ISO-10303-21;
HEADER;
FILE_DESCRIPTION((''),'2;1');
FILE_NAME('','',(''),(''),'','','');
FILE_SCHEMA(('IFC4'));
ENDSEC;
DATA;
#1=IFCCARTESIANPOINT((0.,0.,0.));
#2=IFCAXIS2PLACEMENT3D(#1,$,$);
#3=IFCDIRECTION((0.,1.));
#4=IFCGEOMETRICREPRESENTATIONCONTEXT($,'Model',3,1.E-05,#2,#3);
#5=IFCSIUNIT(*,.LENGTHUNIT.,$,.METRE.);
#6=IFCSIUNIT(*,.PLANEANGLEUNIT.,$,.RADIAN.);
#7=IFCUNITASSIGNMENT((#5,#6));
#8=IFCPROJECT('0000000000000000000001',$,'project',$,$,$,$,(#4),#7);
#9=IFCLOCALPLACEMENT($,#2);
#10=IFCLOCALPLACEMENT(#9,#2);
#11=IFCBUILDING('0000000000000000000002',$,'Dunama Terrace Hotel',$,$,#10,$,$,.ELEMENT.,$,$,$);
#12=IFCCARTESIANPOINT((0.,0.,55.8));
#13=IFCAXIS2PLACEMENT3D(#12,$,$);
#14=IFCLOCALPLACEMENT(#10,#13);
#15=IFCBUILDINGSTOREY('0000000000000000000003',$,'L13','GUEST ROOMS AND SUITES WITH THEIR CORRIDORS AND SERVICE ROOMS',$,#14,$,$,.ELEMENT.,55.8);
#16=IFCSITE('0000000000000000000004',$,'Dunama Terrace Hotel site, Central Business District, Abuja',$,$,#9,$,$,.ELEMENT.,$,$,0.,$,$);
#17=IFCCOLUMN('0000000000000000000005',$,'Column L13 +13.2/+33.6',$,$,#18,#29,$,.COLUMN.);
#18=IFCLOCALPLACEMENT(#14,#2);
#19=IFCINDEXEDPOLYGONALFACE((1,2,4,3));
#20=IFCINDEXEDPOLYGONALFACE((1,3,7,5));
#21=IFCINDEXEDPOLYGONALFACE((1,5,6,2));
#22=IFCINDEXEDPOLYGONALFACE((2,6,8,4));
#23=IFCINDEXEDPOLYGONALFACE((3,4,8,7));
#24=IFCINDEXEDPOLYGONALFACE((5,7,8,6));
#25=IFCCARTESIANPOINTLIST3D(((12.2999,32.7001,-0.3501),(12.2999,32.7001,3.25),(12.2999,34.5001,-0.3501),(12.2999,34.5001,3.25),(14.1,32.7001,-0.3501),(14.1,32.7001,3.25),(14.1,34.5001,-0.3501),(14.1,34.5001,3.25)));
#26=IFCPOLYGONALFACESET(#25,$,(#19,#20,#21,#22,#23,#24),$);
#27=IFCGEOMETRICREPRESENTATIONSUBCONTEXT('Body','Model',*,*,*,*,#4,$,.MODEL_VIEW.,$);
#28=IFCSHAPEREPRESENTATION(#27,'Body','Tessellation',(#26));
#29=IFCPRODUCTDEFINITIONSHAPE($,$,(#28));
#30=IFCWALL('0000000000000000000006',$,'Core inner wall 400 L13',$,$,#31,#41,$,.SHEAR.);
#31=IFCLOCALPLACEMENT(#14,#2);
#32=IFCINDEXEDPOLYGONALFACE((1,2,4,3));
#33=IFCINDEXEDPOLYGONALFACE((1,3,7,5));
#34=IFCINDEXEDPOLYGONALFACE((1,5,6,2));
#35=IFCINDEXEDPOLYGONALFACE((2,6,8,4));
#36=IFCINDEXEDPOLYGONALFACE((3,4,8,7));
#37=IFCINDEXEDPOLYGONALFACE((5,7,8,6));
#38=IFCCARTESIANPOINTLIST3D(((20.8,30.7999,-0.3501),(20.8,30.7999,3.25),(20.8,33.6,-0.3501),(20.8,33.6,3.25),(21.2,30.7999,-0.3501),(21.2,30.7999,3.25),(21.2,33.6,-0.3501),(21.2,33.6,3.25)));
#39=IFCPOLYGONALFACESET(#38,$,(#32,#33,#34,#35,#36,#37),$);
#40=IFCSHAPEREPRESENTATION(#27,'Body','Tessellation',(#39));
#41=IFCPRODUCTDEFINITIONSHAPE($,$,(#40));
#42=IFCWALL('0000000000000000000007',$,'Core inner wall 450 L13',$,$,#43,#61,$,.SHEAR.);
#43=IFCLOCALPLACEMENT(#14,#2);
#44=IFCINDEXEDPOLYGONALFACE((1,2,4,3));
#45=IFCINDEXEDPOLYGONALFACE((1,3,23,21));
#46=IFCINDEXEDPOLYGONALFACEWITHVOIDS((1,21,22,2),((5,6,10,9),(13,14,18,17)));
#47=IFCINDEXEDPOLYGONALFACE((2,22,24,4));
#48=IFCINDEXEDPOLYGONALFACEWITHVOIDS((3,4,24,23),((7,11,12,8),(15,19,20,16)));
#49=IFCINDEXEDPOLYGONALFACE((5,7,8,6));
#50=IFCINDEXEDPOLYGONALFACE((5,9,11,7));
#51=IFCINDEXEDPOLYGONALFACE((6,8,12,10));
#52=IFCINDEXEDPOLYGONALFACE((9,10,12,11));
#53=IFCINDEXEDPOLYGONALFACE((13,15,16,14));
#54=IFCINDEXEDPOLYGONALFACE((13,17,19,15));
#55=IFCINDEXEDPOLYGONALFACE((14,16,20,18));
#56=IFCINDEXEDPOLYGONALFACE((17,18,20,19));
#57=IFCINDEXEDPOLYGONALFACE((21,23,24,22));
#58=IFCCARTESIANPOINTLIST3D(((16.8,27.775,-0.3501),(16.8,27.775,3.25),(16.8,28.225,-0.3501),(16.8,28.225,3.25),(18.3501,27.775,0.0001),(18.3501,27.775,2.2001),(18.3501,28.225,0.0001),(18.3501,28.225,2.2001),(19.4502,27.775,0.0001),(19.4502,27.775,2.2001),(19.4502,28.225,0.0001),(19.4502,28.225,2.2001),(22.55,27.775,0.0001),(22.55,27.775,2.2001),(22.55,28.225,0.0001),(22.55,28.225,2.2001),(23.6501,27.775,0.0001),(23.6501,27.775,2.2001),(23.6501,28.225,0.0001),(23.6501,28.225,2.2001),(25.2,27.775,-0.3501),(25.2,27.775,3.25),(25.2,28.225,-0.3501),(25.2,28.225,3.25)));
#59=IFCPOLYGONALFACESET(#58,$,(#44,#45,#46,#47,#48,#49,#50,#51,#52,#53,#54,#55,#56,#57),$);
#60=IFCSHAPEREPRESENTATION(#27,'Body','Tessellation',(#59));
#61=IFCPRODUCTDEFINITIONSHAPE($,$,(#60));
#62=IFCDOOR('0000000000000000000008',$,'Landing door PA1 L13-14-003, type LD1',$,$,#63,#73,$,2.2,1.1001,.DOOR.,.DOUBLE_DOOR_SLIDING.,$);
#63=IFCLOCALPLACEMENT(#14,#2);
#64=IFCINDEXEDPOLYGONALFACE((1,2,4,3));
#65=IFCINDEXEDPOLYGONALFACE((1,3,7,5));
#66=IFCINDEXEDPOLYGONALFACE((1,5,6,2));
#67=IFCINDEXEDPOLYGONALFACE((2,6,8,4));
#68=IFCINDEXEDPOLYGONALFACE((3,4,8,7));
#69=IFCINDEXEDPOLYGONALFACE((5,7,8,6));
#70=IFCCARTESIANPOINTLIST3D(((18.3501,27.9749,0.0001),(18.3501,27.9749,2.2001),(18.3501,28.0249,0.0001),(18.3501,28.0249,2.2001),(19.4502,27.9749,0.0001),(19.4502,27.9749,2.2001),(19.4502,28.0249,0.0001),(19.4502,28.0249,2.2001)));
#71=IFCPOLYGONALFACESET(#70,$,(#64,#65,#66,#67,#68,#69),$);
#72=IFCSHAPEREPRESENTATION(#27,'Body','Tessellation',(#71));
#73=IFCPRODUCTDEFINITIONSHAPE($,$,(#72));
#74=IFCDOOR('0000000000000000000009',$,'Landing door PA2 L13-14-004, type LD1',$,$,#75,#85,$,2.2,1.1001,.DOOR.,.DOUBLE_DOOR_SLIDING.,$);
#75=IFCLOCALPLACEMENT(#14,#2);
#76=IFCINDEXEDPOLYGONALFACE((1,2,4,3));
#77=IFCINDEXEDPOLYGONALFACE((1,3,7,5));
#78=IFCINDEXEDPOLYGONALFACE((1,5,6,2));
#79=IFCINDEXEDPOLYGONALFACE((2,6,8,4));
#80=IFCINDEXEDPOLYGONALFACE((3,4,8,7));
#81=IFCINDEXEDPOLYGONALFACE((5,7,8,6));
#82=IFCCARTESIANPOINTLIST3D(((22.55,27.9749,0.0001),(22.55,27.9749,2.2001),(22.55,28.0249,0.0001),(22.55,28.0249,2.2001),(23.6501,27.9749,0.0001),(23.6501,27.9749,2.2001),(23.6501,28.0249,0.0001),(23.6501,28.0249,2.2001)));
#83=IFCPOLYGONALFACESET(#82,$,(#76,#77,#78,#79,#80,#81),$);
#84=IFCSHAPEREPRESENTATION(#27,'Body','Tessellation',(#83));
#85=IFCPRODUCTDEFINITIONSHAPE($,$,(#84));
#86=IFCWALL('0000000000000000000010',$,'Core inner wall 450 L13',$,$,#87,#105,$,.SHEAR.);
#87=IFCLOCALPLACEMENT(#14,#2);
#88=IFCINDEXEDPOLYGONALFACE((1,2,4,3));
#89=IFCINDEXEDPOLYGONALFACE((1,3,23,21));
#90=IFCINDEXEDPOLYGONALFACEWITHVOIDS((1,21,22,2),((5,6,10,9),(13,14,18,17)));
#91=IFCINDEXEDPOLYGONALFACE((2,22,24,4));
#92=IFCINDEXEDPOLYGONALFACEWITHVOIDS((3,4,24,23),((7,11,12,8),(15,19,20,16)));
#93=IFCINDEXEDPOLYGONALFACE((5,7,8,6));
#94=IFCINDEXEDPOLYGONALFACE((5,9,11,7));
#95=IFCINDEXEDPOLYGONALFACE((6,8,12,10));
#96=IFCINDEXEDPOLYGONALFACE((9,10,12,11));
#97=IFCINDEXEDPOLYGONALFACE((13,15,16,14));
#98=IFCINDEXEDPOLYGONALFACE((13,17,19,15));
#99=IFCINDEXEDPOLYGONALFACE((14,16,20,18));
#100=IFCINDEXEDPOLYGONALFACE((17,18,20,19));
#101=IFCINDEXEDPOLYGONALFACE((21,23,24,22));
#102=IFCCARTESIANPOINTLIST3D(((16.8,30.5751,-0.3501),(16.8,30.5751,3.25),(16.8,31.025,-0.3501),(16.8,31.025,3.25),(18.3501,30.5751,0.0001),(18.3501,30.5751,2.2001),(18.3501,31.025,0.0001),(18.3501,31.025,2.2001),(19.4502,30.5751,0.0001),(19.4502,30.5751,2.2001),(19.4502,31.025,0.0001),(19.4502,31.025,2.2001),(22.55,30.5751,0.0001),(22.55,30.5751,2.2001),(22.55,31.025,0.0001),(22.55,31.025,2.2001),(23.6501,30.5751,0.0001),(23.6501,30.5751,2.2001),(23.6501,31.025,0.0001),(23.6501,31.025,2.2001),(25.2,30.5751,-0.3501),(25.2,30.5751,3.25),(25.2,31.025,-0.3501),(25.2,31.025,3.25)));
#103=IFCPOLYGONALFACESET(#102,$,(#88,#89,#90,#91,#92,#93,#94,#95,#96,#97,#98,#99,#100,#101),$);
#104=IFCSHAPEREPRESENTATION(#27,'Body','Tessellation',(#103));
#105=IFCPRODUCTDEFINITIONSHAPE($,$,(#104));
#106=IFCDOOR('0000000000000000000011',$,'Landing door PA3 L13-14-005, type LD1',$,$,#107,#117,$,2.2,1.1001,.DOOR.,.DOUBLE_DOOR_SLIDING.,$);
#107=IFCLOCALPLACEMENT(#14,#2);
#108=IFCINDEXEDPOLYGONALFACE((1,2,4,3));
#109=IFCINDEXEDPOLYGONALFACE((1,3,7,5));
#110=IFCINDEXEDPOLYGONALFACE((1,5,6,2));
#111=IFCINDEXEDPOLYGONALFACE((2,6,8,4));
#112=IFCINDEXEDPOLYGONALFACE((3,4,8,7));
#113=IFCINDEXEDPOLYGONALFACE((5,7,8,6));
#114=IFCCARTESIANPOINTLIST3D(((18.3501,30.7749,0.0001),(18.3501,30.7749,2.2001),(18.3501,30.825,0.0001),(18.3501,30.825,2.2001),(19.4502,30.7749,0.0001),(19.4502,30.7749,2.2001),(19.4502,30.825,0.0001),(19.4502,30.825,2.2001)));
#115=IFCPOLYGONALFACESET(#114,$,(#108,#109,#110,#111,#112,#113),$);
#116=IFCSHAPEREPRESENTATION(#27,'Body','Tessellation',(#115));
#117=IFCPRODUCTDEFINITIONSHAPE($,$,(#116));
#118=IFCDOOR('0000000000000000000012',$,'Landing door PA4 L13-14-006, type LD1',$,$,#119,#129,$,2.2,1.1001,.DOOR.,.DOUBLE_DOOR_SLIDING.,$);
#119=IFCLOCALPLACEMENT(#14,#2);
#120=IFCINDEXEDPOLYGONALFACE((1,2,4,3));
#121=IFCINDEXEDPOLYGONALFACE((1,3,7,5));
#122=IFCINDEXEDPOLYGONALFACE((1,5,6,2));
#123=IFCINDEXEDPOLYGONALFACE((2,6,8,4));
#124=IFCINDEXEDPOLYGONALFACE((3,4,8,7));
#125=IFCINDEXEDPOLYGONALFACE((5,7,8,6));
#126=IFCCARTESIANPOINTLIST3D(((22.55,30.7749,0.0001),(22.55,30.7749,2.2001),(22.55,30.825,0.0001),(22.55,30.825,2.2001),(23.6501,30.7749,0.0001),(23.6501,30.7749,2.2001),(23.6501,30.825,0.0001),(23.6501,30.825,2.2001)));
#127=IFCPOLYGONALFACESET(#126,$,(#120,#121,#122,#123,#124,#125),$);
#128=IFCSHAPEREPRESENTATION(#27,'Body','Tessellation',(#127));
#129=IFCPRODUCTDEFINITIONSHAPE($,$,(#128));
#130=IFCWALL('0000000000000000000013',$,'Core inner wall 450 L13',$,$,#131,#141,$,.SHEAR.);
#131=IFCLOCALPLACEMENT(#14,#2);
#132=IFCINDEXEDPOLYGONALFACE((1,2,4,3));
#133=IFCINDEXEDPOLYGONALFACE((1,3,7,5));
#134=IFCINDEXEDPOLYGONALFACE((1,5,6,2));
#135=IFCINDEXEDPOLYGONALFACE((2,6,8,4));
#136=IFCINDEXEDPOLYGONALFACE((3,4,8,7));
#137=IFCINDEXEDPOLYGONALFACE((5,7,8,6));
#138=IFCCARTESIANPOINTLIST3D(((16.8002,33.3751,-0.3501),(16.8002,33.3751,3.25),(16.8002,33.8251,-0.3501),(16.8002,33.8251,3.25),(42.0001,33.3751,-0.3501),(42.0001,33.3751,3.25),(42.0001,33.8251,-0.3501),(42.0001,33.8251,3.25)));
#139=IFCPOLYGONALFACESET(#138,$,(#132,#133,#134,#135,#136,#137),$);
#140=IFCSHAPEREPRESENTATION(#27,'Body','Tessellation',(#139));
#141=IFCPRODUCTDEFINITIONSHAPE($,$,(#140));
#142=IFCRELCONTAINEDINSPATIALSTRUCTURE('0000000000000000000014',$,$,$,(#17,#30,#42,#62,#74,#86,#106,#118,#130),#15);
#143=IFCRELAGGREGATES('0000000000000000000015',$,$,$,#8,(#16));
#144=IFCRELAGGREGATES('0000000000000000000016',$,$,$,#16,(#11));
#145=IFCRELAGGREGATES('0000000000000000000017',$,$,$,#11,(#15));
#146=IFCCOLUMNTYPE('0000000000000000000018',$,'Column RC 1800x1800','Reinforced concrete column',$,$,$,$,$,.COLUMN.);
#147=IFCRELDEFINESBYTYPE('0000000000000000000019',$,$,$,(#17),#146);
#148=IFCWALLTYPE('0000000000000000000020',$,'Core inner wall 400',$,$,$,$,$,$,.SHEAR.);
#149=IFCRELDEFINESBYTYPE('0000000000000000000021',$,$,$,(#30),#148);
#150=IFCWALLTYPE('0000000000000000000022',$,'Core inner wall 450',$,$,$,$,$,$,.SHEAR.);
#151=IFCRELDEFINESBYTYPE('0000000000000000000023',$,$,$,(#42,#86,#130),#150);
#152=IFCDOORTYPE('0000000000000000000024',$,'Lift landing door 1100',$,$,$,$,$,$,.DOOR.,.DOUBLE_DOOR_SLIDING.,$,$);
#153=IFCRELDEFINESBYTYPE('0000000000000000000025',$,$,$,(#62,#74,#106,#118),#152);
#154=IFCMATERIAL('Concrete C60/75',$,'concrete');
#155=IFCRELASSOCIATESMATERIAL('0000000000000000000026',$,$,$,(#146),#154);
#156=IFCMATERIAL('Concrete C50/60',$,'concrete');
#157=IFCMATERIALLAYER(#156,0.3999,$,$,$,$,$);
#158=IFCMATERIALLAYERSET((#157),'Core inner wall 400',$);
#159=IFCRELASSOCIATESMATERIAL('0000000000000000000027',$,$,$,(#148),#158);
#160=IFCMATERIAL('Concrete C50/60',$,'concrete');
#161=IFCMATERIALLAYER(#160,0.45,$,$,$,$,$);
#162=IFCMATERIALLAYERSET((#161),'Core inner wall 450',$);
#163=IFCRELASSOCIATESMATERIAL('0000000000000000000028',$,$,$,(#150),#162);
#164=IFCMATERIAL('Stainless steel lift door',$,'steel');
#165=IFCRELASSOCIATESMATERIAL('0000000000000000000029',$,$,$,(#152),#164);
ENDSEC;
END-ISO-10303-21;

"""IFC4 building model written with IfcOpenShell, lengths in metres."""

from ifc_helpers import new_model, si_unit, direction, frame, frame_2d, origin, origin_2d, place, context, subcontext, project, spatial, rectangle, extrude, material, layer, layer_set, material_profile, profile_set, type_object, element, fill, save


model = new_model("IFC4")

# Units and contexts
model_context = context("Model", 3, precision=1e-05, world=origin(), true_north=direction((0.0, 1.0)))
body_context = subcontext(model_context, "Body", "Model", "MODEL_VIEW")
ifc_project = project(units=[si_unit("LENGTHUNIT", "METRE"), si_unit("PLANEANGLEUNIT", "RADIAN")], contexts=[model_context])

# Site, building, storey
site_placement = place(None, origin())
site = spatial("IfcSite", under=ifc_project, at=site_placement, Name="Dunama Terrace Hotel site, Central Business District, Abuja", CompositionType="ELEMENT", RefElevation=0.0)
building_placement = place(site_placement, origin())
building = spatial("IfcBuilding", under=site, at=building_placement, Name="Dunama Terrace Hotel", CompositionType="ELEMENT")
storey_placement = place(building_placement, frame((0.0, 0.0, 55.8)))
storey = spatial("IfcBuildingStorey", under=building, at=storey_placement, Name="L13", Description="GUEST ROOMS AND SUITES WITH THEIR CORRIDORS AND SERVICE ROOMS", CompositionType="ELEMENT", Elevation=55.8)

# Column
ifc_material_1 = material(Name="Concrete C60/75", Category="concrete")
ifc_material_profile = material_profile(ifc_material_1, rectangle(XDim=1.8, YDim=1.8, at=origin_2d()), Name="RC 1800x1800")
ifc_profile_set = profile_set([ifc_material_profile], Name="Concrete C60/75")
column_type = type_object("IfcColumnType", Name="Column RC 1800x1800", Description="Reinforced concrete column", PredefinedType="COLUMN", material=ifc_profile_set)
column_placement = place(storey_placement, frame((13.2, 33.6001, -0.3501), z_axis=(0.0, 0.0, 1.0), x_axis=(1.0, 0.0, 0.0)))
element("IfcColumn", 1, at=column_placement, inside=storey, type_object=column_type, Name="Column L13 +13.2/+33.6", PredefinedType="COLUMN", context=body_context, shape_type="SweptSolid", body=[
    extrude(rectangle(XDim=1.8, YDim=1.8, at=origin_2d()), origin(), (0.0, 0.0, 1.0), 3.6001),
])

# Wall
ifc_material_2 = material(Name="Concrete C50/60", Category="concrete")
ifc_layer_1 = layer(ifc_material_2, 0.3999)
ifc_layer_set_1 = layer_set([ifc_layer_1], Name="Core inner wall 400")
wall_type_1 = type_object("IfcWallType", Name="Core inner wall 400", PredefinedType="SHEAR", material=ifc_layer_set_1)
wall_1_placement = place(storey_placement, frame((21.0, 30.8, -0.3501), z_axis=(0.0, 0.0, 1.0), x_axis=(0.0, 1.0, 0.0)))
element("IfcWall", 2, at=wall_1_placement, inside=storey, type_object=wall_type_1, Name="Core inner wall 400 L13", PredefinedType="SHEAR", context=body_context, shape_type="SweptSolid", body=[
    extrude(rectangle(XDim=2.8, YDim=0.3999, at=frame_2d((1.3999, 0.0))), origin(), (0.0, 0.0, 1.0), 3.6001),
])

# Walls, openings, doors
ifc_material_3 = material(Name="Concrete C50/60", Category="concrete")
ifc_layer_2 = layer(ifc_material_3, 0.45)
ifc_layer_set_2 = layer_set([ifc_layer_2], Name="Core inner wall 450")
wall_type_2 = type_object("IfcWallType", Name="Core inner wall 450", PredefinedType="SHEAR", material=ifc_layer_set_2)
wall_2_placement = place(storey_placement, frame((16.8, 28.0, -0.3501), z_axis=(0.0, 0.0, 1.0), x_axis=(1.0, 0.0, 0.0)))
wall_2 = element("IfcWall", 3, at=wall_2_placement, inside=storey, type_object=wall_type_2, Name="Core inner wall 450 L13", PredefinedType="SHEAR", context=body_context, shape_type="SweptSolid", body=[
    extrude(rectangle(XDim=8.3999, YDim=0.45, at=frame_2d((4.2, 0.0))), origin(), (0.0, 0.0, 1.0), 3.6001),
])
opening_1_placement = place(wall_2_placement, frame((1.55, 0.0, 0.3501)))
opening_1 = element("IfcOpeningElement", 4, at=opening_1_placement, cuts=wall_2, PredefinedType="OPENING", context=body_context, shape_type="SweptSolid", body=[
    extrude(rectangle(XDim=1.1001, YDim=2.2, at=frame_2d((0.55, 1.1001))), frame((0.0, 0.2349, 0.0), z_axis=(0.0, -1.0, 0.0), x_axis=(1.0, 0.0, 0.0)), (0.0, 0.0, 1.0), 0.47),
])
opening_2_placement = place(wall_2_placement, frame((5.75, 0.0, 0.3501)))
opening_2 = element("IfcOpeningElement", 5, at=opening_2_placement, cuts=wall_2, PredefinedType="OPENING", context=body_context, shape_type="SweptSolid", body=[
    extrude(rectangle(XDim=1.1001, YDim=2.2, at=frame_2d((0.55, 1.1001))), frame((0.0, 0.2349, 0.0), z_axis=(0.0, -1.0, 0.0), x_axis=(1.0, 0.0, 0.0)), (0.0, 0.0, 1.0), 0.47),
])
ifc_material_4 = material(Name="Stainless steel lift door", Category="steel")
door_type_1 = type_object("IfcDoorType", Name="Lift landing door 1100", OperationType="DOUBLE_DOOR_SLIDING", PredefinedType="DOOR", material=ifc_material_4)
door_1_placement = place(opening_1_placement, origin())
door_1 = element("IfcDoor", 6, at=door_1_placement, inside=storey, type_object=door_type_1, Name="Landing door PA1 L13-14-003, type LD1", OperationType="DOUBLE_DOOR_SLIDING", OverallHeight=2.2, OverallWidth=1.1001, PredefinedType="DOOR", context=body_context, shape_type="SweptSolid", body=[
    extrude(rectangle(XDim=1.1001, YDim=2.2, at=frame_2d((0.55, 1.1001))), frame((0.0, 0.0249, 0.0), z_axis=(0.0, -1.0, 0.0), x_axis=(1.0, 0.0, 0.0)), (0.0, 0.0, 1.0), 0.05),
])
fill(opening_1, door_1)
door_2_placement = place(opening_2_placement, origin())
door_2 = element("IfcDoor", 7, at=door_2_placement, inside=storey, type_object=door_type_1, Name="Landing door PA2 L13-14-004, type LD1", OperationType="DOUBLE_DOOR_SLIDING", OverallHeight=2.2, OverallWidth=1.1001, PredefinedType="DOOR", context=body_context, shape_type="SweptSolid", body=[
    extrude(rectangle(XDim=1.1001, YDim=2.2, at=frame_2d((0.55, 1.1001))), frame((0.0, 0.0249, 0.0), z_axis=(0.0, -1.0, 0.0), x_axis=(1.0, 0.0, 0.0)), (0.0, 0.0, 1.0), 0.05),
])
fill(opening_2, door_2)
wall_3_placement = place(storey_placement, frame((16.8, 30.8, -0.3501), z_axis=(0.0, 0.0, 1.0), x_axis=(1.0, 0.0, 0.0)))
wall_3 = element("IfcWall", 8, at=wall_3_placement, inside=storey, type_object=wall_type_2, Name="Core inner wall 450 L13", PredefinedType="SHEAR", context=body_context, shape_type="SweptSolid", body=[
    extrude(rectangle(XDim=8.3999, YDim=0.45, at=frame_2d((4.2, 0.0))), origin(), (0.0, 0.0, 1.0), 3.6001),
])
opening_3_placement = place(wall_3_placement, frame((1.55, 0.0, 0.3501)))
opening_3 = element("IfcOpeningElement", 9, at=opening_3_placement, cuts=wall_3, PredefinedType="OPENING", context=body_context, shape_type="SweptSolid", body=[
    extrude(rectangle(XDim=1.1001, YDim=2.2, at=frame_2d((0.55, 1.1001))), frame((0.0, 0.2349, 0.0), z_axis=(0.0, -1.0, 0.0), x_axis=(1.0, 0.0, 0.0)), (0.0, 0.0, 1.0), 0.47),
])
opening_4_placement = place(wall_3_placement, frame((5.75, 0.0, 0.3501)))
opening_4 = element("IfcOpeningElement", 10, at=opening_4_placement, cuts=wall_3, PredefinedType="OPENING", context=body_context, shape_type="SweptSolid", body=[
    extrude(rectangle(XDim=1.1001, YDim=2.2, at=frame_2d((0.55, 1.1001))), frame((0.0, 0.2349, 0.0), z_axis=(0.0, -1.0, 0.0), x_axis=(1.0, 0.0, 0.0)), (0.0, 0.0, 1.0), 0.47),
])
door_3_placement = place(opening_3_placement, origin())
door_3 = element("IfcDoor", 11, at=door_3_placement, inside=storey, type_object=door_type_1, Name="Landing door PA3 L13-14-005, type LD1", OperationType="DOUBLE_DOOR_SLIDING", OverallHeight=2.2, OverallWidth=1.1001, PredefinedType="DOOR", context=body_context, shape_type="SweptSolid", body=[
    extrude(rectangle(XDim=1.1001, YDim=2.2, at=frame_2d((0.55, 1.1001))), frame((0.0, 0.0249, 0.0), z_axis=(0.0, -1.0, 0.0), x_axis=(1.0, 0.0, 0.0)), (0.0, 0.0, 1.0), 0.05),
])
fill(opening_3, door_3)
door_4_placement = place(opening_4_placement, origin())
door_4 = element("IfcDoor", 12, at=door_4_placement, inside=storey, type_object=door_type_1, Name="Landing door PA4 L13-14-006, type LD1", OperationType="DOUBLE_DOOR_SLIDING", OverallHeight=2.2, OverallWidth=1.1001, PredefinedType="DOOR", context=body_context, shape_type="SweptSolid", body=[
    extrude(rectangle(XDim=1.1001, YDim=2.2, at=frame_2d((0.55, 1.1001))), frame((0.0, 0.0249, 0.0), z_axis=(0.0, -1.0, 0.0), x_axis=(1.0, 0.0, 0.0)), (0.0, 0.0, 1.0), 0.05),
])
fill(opening_4, door_4)

# Wall
wall_4_placement = place(storey_placement, frame((16.8, 33.6001, -0.3501), z_axis=(0.0, 0.0, 1.0), x_axis=(1.0, 0.0, 0.0)))
element("IfcWall", 13, at=wall_4_placement, inside=storey, type_object=wall_type_2, Name="Core inner wall 450 L13", PredefinedType="SHEAR", context=body_context, shape_type="SweptSolid", body=[
    extrude(rectangle(XDim=25.2, YDim=0.45, at=frame_2d((12.6001, 0.0))), origin(), (0.0, 0.0, 1.0), 3.6001),
])

save(model, "model.ifc")
